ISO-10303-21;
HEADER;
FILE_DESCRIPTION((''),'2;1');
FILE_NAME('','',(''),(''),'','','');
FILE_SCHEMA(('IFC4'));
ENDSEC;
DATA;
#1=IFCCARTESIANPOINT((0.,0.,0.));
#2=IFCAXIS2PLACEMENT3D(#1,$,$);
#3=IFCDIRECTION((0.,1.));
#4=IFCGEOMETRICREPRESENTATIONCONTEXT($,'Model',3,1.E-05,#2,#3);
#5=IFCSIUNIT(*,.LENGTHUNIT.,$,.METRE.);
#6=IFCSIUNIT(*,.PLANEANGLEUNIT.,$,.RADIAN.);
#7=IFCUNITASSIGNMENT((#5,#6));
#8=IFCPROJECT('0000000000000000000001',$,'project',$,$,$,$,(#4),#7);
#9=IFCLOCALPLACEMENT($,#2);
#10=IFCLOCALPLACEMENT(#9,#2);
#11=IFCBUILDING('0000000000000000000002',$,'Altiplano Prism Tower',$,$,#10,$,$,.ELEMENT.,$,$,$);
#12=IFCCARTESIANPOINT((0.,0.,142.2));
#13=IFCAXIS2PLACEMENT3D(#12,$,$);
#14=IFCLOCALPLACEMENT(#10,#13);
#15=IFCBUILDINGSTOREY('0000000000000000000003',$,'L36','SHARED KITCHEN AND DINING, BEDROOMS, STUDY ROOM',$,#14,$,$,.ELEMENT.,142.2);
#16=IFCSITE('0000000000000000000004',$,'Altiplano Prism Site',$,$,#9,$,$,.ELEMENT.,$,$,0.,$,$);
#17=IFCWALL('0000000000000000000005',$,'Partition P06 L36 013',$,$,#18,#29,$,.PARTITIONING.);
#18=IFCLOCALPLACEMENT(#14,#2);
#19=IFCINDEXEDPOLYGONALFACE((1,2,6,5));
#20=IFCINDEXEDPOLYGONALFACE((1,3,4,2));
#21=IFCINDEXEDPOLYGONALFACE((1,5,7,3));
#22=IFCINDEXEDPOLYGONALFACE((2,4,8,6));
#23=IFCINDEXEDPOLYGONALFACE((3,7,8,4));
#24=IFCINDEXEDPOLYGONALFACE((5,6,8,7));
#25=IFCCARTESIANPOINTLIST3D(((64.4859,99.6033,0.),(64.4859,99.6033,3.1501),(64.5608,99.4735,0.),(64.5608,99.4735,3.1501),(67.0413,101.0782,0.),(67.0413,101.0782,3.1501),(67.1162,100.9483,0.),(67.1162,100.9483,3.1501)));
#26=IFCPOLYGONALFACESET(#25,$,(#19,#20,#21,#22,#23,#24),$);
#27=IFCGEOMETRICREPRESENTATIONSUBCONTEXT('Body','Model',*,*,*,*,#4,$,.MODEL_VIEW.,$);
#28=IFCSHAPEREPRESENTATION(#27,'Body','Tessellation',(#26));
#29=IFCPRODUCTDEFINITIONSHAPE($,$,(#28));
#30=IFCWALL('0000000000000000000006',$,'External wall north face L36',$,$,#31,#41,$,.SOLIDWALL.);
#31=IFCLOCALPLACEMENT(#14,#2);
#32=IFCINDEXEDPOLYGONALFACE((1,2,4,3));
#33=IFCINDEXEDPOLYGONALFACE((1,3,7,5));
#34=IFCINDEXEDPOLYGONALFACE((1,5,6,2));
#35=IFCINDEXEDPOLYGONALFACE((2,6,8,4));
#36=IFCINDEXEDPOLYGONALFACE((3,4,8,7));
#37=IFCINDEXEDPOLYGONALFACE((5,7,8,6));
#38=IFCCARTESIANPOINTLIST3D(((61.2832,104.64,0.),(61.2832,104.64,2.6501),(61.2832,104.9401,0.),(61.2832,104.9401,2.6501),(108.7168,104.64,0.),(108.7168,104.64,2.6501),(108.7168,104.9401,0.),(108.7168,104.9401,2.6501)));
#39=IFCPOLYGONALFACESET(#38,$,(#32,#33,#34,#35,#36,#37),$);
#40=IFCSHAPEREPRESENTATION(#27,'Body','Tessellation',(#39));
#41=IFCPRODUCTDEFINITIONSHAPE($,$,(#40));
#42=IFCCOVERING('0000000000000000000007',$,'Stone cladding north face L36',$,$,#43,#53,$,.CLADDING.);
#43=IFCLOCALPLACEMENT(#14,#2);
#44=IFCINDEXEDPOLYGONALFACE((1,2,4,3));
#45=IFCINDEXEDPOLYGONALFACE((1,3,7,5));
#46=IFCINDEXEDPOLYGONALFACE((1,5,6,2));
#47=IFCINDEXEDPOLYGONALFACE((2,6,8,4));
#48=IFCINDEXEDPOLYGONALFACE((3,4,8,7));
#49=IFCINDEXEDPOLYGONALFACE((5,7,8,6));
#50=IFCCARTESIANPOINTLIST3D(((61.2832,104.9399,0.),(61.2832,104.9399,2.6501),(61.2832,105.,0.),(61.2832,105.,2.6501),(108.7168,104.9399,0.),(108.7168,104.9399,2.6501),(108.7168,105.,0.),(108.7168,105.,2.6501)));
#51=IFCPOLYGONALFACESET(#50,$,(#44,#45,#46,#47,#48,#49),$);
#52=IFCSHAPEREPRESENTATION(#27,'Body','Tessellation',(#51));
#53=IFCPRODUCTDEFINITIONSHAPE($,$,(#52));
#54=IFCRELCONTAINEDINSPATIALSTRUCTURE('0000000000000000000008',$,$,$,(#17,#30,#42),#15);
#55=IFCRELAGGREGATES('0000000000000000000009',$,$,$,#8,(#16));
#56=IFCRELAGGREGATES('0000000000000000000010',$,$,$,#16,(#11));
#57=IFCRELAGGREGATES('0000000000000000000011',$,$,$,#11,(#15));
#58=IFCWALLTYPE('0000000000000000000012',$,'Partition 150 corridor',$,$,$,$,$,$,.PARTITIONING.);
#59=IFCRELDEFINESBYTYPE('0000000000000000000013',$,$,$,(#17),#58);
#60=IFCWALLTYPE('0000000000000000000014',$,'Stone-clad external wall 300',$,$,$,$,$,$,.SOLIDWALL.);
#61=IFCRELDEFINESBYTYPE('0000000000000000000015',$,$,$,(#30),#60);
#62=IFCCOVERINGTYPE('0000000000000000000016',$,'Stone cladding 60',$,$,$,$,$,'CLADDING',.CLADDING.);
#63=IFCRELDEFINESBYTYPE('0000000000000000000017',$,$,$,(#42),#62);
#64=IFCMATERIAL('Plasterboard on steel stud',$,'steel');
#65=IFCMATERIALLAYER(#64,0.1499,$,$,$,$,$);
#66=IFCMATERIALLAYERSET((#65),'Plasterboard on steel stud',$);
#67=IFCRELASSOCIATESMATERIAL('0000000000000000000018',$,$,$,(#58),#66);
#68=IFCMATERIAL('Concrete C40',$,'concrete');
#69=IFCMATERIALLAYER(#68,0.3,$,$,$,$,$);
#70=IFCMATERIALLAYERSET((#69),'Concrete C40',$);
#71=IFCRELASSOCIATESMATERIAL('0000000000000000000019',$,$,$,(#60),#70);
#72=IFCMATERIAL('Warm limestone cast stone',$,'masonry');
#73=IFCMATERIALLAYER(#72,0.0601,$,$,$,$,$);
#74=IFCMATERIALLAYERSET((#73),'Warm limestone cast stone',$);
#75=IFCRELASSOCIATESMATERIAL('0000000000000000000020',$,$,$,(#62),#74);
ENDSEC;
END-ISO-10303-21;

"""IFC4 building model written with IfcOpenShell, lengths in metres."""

from ifc_helpers import new_model, si_unit, direction, frame, frame_2d, origin, place, context, subcontext, project, spatial, rectangle, extrude, material, layer, layer_set, type_object, element, save


model = new_model("IFC4")

# Units and contexts
model_context = context("Model", 3, precision=1e-05, world=origin(), true_north=direction((0.0, 1.0)))
body_context = subcontext(model_context, "Body", "Model", "MODEL_VIEW")
ifc_project = project(units=[si_unit("LENGTHUNIT", "METRE"), si_unit("PLANEANGLEUNIT", "RADIAN")], contexts=[model_context])

# Site, building, storey
site_placement = place(None, origin())
site = spatial("IfcSite", under=ifc_project, at=site_placement, Name="Altiplano Prism Site", CompositionType="ELEMENT", RefElevation=0.0)
building_placement = place(site_placement, origin())
building = spatial("IfcBuilding", under=site, at=building_placement, Name="Altiplano Prism Tower", CompositionType="ELEMENT")
storey_placement = place(building_placement, frame((0.0, 0.0, 142.2)))
storey = spatial("IfcBuildingStorey", under=building, at=storey_placement, Name="L36", Description="SHARED KITCHEN AND DINING, BEDROOMS, STUDY ROOM", CompositionType="ELEMENT", Elevation=142.2)

# Shared definitions
ifc_material_1 = material(Name="Plasterboard on steel stud", Category="steel")

# Shared definitions
ifc_layer_1 = layer(ifc_material_1, 0.1499)
ifc_layer_set_1 = layer_set([ifc_layer_1], Name="Plasterboard on steel stud")
wall_type_1 = type_object("IfcWallType", Name="Partition 150 corridor", PredefinedType="PARTITIONING", material=ifc_layer_set_1)

# Walls
wall_1_placement = place(storey_placement, frame((67.0786, 101.0132, 0.0), z_axis=(0.0, 0.0, 1.0), x_axis=(-0.866102, -0.499868, 0.0)))
element("IfcWall", 1, at=wall_1_placement, inside=storey, type_object=wall_type_1, Name="Partition P06 L36 013", PredefinedType="PARTITIONING", context=body_context, shape_type="SweptSolid", body=[
    extrude(rectangle(XDim=2.9504, YDim=0.1499, at=frame_2d((1.4751, 0.0))), origin(), (0.0, 0.0, 1.0), 3.1501),
])
ifc_material_2 = material(Name="Concrete C40", Category="concrete")
ifc_layer_2 = layer(ifc_material_2, 0.3)
ifc_layer_set_2 = layer_set([ifc_layer_2], Name="Concrete C40")
wall_type_2 = type_object("IfcWallType", Name="Stone-clad external wall 300", PredefinedType="SOLIDWALL", material=ifc_layer_set_2)
wall_2_placement = place(storey_placement, frame((61.2832, 104.79, 0.0), z_axis=(0.0, 0.0, 1.0), x_axis=(1.0, 0.0, 0.0)))
element("IfcWall", 2, at=wall_2_placement, inside=storey, type_object=wall_type_2, Name="External wall north face L36", PredefinedType="SOLIDWALL", context=body_context, shape_type="SweptSolid", body=[
    extrude(rectangle(XDim=47.4336, YDim=0.3, at=frame_2d((23.7168, 0.0))), origin(), (0.0, 0.0, 1.0), 2.6501),
])

# Covering
ifc_material_3 = material(Name="Warm limestone cast stone", Category="masonry")
ifc_layer_3 = layer(ifc_material_3, 0.0601)
ifc_layer_set_3 = layer_set([ifc_layer_3], Name="Warm limestone cast stone")
covering_type = type_object("IfcCoveringType", Name="Stone cladding 60", ElementType="CLADDING", PredefinedType="CLADDING", material=ifc_layer_set_3)
covering_placement = place(storey_placement, frame((61.2832, 104.97, 0.0), z_axis=(0.0, 0.0, 1.0), x_axis=(1.0, 0.0, 0.0)))
element("IfcCovering", 3, at=covering_placement, inside=storey, type_object=covering_type, Name="Stone cladding north face L36", PredefinedType="CLADDING", context=body_context, shape_type="SweptSolid", body=[
    extrude(rectangle(XDim=47.4336, YDim=0.0601, at=frame_2d((23.7168, 0.0))), origin(), (0.0, 0.0, 1.0), 2.6501),
])

save(model, "model.ifc")
